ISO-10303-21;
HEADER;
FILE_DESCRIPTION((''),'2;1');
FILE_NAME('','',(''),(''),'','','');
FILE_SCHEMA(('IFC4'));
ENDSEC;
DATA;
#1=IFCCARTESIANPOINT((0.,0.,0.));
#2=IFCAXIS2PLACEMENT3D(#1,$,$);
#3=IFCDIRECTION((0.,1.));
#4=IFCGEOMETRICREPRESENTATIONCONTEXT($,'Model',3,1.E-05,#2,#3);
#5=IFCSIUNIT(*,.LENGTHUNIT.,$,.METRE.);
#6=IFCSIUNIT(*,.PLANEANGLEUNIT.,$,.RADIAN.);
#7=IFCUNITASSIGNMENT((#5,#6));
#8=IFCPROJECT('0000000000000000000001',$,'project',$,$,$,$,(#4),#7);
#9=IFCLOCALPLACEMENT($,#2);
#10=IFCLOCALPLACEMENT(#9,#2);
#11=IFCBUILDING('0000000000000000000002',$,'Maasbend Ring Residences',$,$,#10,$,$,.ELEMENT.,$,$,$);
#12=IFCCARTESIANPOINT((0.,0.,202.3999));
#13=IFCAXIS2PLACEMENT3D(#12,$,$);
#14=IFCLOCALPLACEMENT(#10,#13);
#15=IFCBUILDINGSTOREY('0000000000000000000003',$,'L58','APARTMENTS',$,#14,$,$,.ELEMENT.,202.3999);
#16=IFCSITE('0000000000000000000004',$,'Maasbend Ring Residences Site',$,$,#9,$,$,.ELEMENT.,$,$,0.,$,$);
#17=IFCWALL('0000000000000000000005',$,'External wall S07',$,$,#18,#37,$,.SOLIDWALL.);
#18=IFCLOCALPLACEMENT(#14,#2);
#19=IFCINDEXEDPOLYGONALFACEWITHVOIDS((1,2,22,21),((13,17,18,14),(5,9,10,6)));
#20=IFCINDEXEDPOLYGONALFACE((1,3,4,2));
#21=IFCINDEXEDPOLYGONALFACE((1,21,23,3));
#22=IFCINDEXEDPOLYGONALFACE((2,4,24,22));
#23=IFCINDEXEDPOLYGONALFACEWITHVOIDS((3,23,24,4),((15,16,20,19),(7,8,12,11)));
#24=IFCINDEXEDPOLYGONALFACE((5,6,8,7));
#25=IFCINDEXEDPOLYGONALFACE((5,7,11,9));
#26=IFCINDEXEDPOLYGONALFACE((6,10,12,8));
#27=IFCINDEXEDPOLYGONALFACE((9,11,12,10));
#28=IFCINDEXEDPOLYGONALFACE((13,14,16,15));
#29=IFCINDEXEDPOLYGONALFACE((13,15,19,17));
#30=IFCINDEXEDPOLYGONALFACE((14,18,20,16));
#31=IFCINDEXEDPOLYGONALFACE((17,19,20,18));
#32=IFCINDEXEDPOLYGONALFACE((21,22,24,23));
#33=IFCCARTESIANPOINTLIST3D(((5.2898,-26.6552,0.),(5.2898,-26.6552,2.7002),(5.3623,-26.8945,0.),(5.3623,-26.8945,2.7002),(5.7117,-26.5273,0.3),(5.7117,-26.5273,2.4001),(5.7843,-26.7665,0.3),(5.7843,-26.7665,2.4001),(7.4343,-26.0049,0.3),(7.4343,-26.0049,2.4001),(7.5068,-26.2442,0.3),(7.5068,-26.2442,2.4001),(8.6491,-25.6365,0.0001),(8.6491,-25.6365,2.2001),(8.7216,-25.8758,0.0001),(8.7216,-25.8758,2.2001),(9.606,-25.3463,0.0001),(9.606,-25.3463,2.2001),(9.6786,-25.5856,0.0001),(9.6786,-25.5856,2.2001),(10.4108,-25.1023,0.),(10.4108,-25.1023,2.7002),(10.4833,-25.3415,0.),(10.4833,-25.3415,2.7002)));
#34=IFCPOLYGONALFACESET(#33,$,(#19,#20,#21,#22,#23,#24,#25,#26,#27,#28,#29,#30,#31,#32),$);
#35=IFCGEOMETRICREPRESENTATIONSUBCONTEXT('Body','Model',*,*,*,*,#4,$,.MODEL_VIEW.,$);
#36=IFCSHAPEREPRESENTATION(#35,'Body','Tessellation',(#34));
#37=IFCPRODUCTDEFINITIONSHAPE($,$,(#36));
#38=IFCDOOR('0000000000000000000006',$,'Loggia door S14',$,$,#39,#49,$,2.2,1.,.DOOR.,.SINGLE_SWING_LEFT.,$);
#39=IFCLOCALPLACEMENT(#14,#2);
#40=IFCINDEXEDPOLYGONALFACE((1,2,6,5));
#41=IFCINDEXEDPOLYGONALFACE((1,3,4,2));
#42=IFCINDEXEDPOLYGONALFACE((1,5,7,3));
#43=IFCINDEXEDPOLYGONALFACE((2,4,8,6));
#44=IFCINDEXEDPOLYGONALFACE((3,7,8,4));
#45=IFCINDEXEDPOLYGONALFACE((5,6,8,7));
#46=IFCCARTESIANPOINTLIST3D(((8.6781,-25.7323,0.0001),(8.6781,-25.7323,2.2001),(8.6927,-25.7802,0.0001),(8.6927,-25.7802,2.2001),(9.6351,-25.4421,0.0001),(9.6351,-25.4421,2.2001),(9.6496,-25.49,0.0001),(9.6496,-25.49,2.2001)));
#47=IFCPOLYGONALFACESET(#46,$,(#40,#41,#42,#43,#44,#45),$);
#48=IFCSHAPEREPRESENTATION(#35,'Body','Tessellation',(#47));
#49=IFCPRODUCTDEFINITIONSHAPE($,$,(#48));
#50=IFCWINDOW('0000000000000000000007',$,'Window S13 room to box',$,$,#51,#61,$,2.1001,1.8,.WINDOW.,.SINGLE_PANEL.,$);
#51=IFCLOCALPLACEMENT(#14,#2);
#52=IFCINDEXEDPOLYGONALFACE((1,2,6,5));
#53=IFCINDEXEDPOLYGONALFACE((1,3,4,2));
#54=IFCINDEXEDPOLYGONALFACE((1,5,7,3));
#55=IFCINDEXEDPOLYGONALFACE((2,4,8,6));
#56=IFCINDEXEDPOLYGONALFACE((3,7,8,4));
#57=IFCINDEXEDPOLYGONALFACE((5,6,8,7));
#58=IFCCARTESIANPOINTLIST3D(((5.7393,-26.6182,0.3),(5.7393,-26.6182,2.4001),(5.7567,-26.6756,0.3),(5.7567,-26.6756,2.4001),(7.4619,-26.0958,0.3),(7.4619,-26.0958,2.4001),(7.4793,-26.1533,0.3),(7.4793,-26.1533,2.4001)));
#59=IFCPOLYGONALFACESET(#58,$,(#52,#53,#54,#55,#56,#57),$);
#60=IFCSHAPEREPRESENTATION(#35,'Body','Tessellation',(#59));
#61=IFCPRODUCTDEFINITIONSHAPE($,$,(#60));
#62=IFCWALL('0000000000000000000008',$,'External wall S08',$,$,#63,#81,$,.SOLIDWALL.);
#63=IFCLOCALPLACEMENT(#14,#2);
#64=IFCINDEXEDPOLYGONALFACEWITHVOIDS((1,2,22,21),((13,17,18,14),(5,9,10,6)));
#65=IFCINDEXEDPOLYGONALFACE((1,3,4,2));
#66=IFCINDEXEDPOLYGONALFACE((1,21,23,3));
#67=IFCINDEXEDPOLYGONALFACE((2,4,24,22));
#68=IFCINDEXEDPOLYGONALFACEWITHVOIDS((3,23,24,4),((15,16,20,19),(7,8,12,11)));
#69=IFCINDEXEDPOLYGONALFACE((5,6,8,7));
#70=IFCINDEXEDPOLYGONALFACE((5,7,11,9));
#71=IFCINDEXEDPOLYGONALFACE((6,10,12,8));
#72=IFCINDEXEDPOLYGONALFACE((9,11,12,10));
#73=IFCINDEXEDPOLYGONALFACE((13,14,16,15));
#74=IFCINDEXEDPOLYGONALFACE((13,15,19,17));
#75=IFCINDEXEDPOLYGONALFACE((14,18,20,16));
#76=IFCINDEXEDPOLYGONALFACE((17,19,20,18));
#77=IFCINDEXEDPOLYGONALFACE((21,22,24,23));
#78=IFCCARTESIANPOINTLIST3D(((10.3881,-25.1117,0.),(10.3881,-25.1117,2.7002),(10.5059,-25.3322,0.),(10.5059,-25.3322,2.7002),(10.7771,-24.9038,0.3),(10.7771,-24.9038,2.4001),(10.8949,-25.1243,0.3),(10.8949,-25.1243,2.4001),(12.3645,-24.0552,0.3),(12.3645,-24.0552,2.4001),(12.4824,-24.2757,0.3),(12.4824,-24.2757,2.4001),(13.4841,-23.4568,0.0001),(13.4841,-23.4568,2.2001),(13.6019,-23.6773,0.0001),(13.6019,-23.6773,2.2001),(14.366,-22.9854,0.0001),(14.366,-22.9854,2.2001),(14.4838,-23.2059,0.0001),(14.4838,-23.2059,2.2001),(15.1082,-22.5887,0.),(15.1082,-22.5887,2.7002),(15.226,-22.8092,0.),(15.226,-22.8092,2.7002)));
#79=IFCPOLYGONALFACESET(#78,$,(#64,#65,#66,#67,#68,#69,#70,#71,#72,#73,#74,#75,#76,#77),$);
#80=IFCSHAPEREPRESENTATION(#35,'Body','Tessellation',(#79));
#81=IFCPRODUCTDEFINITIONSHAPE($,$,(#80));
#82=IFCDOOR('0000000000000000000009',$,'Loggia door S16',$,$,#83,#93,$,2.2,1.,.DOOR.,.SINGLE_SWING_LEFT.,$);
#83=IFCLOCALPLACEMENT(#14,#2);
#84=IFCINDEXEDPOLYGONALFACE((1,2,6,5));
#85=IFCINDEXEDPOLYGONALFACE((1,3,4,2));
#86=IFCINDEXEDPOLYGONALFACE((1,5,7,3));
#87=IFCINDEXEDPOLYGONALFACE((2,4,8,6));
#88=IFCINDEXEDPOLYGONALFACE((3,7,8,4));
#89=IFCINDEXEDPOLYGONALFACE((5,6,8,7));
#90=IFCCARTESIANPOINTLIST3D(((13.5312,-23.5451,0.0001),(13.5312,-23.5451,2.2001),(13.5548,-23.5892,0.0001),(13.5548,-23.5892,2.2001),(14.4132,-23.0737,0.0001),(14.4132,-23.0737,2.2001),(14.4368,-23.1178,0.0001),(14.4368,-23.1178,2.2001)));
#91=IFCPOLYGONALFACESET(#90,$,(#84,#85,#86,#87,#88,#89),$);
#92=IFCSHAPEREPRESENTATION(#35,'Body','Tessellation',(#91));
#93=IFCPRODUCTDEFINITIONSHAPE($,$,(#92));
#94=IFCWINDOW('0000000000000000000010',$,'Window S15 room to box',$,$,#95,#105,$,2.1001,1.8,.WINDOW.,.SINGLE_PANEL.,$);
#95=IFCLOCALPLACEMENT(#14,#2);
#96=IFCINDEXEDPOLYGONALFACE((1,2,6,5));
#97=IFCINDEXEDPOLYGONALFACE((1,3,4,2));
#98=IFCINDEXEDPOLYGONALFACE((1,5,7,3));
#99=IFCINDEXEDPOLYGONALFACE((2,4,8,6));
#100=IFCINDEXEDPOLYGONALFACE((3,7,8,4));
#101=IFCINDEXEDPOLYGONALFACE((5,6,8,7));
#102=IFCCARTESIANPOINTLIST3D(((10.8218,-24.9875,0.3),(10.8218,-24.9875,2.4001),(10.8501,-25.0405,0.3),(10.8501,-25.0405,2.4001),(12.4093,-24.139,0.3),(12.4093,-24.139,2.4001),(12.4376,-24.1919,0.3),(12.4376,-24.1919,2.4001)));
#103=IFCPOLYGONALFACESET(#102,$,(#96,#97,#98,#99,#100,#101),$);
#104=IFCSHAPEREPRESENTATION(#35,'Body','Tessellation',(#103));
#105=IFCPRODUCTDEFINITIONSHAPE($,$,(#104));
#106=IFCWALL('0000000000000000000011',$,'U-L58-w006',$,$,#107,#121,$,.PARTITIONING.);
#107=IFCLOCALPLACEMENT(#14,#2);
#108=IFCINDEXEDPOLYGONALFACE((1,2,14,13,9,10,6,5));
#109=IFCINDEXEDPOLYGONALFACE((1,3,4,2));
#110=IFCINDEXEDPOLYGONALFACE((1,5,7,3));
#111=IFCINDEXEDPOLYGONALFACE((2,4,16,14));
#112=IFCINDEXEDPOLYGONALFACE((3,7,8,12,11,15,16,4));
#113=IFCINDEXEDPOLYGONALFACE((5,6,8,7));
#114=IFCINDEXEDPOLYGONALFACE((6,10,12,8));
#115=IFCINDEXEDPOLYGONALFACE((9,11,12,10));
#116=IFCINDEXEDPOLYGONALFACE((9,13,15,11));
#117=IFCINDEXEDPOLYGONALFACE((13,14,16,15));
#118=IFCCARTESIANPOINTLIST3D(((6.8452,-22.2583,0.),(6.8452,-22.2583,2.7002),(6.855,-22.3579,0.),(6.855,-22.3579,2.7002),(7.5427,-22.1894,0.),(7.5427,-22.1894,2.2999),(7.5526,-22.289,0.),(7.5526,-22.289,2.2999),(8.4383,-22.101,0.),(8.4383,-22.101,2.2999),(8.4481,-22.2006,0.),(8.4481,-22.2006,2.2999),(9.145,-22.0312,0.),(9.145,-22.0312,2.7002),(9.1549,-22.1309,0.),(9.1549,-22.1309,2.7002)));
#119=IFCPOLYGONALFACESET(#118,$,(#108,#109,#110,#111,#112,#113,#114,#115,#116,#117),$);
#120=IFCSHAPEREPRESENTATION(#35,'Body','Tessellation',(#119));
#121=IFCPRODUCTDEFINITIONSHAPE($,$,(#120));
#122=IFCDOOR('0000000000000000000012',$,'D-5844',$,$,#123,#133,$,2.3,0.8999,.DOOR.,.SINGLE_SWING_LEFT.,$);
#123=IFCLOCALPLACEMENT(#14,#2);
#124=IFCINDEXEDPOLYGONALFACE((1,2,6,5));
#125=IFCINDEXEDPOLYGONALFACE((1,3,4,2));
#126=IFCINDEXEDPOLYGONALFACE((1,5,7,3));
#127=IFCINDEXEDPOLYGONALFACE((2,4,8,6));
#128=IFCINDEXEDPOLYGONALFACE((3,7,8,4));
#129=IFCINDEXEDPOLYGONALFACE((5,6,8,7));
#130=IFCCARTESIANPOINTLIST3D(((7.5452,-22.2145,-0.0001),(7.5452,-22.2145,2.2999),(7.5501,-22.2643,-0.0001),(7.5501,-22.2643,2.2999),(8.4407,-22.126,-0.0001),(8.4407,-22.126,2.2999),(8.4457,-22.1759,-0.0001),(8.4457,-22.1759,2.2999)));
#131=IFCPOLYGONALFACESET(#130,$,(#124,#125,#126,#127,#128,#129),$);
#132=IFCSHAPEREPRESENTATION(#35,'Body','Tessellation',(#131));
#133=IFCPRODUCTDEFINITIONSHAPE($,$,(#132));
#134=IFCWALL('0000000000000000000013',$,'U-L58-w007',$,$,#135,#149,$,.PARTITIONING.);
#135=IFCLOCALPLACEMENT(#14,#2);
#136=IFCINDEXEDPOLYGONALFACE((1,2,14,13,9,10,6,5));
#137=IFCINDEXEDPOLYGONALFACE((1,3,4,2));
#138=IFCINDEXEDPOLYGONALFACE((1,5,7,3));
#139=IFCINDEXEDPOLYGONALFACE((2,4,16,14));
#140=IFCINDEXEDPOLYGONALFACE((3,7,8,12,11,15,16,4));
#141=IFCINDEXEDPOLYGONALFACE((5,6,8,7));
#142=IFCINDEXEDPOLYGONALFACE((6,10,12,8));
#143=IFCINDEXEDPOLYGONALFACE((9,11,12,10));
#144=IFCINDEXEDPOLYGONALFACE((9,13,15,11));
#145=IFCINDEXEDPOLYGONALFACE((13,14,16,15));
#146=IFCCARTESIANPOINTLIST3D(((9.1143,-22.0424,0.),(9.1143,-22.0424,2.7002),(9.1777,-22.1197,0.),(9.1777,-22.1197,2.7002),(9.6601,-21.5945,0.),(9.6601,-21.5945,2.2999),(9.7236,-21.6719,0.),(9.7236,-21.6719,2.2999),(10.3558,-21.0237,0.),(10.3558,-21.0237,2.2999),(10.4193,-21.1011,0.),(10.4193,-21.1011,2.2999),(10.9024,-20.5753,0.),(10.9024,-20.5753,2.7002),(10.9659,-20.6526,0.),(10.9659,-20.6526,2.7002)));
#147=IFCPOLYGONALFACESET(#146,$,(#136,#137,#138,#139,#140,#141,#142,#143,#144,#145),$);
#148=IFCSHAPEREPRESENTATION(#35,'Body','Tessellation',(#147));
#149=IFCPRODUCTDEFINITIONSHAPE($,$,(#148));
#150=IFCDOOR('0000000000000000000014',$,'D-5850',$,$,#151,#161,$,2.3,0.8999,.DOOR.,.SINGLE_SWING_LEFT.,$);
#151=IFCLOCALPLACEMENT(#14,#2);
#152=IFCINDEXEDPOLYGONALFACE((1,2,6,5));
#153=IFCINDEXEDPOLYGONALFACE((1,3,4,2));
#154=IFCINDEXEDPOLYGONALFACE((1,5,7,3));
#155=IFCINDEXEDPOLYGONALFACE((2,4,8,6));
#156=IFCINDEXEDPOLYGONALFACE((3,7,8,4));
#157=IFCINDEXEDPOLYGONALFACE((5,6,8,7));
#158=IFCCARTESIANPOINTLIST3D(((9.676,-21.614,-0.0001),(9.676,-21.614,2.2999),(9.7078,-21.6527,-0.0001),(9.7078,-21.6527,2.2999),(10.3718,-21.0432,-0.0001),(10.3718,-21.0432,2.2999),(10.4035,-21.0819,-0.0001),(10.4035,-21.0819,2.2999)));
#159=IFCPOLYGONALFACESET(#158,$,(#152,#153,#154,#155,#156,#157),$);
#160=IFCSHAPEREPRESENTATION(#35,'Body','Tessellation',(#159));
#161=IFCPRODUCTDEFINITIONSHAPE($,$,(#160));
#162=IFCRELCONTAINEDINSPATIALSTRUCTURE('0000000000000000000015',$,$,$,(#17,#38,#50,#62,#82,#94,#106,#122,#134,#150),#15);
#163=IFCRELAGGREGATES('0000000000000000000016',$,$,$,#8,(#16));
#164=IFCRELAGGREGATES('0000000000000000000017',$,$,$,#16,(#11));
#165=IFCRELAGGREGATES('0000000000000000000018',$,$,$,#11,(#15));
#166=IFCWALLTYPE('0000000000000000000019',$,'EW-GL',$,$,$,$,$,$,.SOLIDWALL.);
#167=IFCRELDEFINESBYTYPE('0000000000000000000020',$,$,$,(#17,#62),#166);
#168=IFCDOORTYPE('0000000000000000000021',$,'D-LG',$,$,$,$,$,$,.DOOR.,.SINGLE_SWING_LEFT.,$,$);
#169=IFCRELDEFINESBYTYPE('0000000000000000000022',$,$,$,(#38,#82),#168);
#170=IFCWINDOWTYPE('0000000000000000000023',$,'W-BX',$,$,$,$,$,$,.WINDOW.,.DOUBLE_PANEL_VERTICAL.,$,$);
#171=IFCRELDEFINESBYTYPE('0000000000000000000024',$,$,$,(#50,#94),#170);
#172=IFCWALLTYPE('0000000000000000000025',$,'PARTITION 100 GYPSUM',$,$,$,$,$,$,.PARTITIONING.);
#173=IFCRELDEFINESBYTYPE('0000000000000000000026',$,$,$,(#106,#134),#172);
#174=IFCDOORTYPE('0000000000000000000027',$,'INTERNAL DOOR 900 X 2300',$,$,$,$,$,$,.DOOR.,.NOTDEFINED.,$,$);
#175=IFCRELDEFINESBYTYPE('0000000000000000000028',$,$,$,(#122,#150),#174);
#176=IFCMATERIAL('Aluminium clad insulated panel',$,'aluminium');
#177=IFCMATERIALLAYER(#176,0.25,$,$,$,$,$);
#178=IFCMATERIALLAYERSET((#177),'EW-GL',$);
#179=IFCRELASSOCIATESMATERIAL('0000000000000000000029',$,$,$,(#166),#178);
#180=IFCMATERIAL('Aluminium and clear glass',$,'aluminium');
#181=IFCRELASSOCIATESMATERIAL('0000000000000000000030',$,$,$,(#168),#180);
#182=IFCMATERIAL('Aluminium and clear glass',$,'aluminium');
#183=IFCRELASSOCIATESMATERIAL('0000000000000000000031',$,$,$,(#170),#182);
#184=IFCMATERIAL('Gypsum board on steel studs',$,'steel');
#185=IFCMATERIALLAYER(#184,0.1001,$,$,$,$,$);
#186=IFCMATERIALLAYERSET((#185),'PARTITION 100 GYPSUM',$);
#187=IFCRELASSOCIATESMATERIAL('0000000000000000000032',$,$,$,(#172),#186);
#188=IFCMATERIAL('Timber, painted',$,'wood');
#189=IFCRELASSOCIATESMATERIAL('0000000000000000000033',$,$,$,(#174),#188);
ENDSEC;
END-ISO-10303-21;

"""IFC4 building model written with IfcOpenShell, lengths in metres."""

from ifc_helpers import new_model, si_unit, direction, frame, frame_2d, origin, place, context, subcontext, project, spatial, rectangle, extrude, material, layer, layer_set, type_object, element, fill, save


model = new_model("IFC4")

# Units and contexts
model_context = context("Model", 3, precision=1e-05, world=origin(), true_north=direction((0.0, 1.0)))
body_context = subcontext(model_context, "Body", "Model", "MODEL_VIEW")
ifc_project = project(units=[si_unit("LENGTHUNIT", "METRE"), si_unit("PLANEANGLEUNIT", "RADIAN")], contexts=[model_context])

# Site, building, storey
site_placement = place(None, origin())
site = spatial("IfcSite", under=ifc_project, at=site_placement, Name="Maasbend Ring Residences Site", CompositionType="ELEMENT", RefElevation=0.0)
building_placement = place(site_placement, origin())
building = spatial("IfcBuilding", under=site, at=building_placement, Name="Maasbend Ring Residences", CompositionType="ELEMENT")
storey_placement = place(building_placement, frame((0.0, 0.0, 202.3999)))
storey = spatial("IfcBuildingStorey", under=building, at=storey_placement, Name="L58", Description="APARTMENTS", CompositionType="ELEMENT", Elevation=202.3999)

# Walls, openings, doors, windows
ifc_material_1 = material(Name="Aluminium clad insulated panel", Category="aluminium")
ifc_layer_1 = layer(ifc_material_1, 0.25)
ifc_layer_set_1 = layer_set([ifc_layer_1], Name="EW-GL")
wall_type_1 = type_object("IfcWallType", Name="EW-GL", PredefinedType="SOLIDWALL", material=ifc_layer_set_1)
wall_1_placement = place(storey_placement, frame((5.3259, -26.7749, 0.0), z_axis=(0.0, 0.0, 1.0), x_axis=(0.956966, 0.290201, 0.0)))
wall_1 = element("IfcWall", 1, at=wall_1_placement, inside=storey, type_object=wall_type_1, Name="External wall S07", PredefinedType="SOLIDWALL", context=body_context, shape_type="SweptSolid", body=[
    extrude(rectangle(XDim=5.3513, YDim=0.25, at=frame_2d((2.6758, 0.0))), origin(), (0.0, 0.0, 1.0), 2.7002),
])
opening_1_placement = place(wall_1_placement, frame((0.4412, 0.0, 0.3)))
opening_1 = element("IfcOpeningElement", 2, at=opening_1_placement, cuts=wall_1, PredefinedType="OPENING", context=body_context, shape_type="SweptSolid", body=[
    extrude(rectangle(XDim=1.8, YDim=2.1001, at=frame_2d((0.8999, 1.05))), frame((0.0, 0.135, 0.0), z_axis=(0.0, -1.0, 0.0), x_axis=(1.0, 0.0, 0.0)), (0.0, 0.0, 1.0), 0.27),
])
opening_2_placement = place(wall_1_placement, frame((3.5105, 0.0, 0.0)))
opening_2 = element("IfcOpeningElement", 3, at=opening_2_placement, cuts=wall_1, PredefinedType="OPENING", context=body_context, shape_type="SweptSolid", body=[
    extrude(rectangle(XDim=1.0, YDim=2.2, at=frame_2d((0.5, 1.1001))), frame((0.0, 0.135, 0.0), z_axis=(0.0, -1.0, 0.0), x_axis=(1.0, 0.0, 0.0)), (0.0, 0.0, 1.0), 0.27),
])
ifc_material_2 = material(Name="Aluminium and clear glass", Category="aluminium")
door_type_1 = type_object("IfcDoorType", Name="D-LG", OperationType="SINGLE_SWING_LEFT", PredefinedType="DOOR", material=ifc_material_2)
door_1_placement = place(opening_2_placement, origin())
door_1 = element("IfcDoor", 4, at=door_1_placement, inside=storey, type_object=door_type_1, Name="Loggia door S14", OperationType="SINGLE_SWING_LEFT", OverallHeight=2.2, OverallWidth=1.0, PredefinedType="DOOR", context=body_context, shape_type="SweptSolid", body=[
    extrude(rectangle(XDim=1.0, YDim=2.2, at=frame_2d((0.5, 1.1001))), frame((0.0, 0.0249, 0.0), z_axis=(0.0, -1.0, 0.0), x_axis=(1.0, 0.0, 0.0)), (0.0, 0.0, 1.0), 0.05),
])
fill(opening_2, door_1)
ifc_material_3 = material(Name="Aluminium and clear glass", Category="aluminium")
window_type_1 = type_object("IfcWindowType", Name="W-BX", PartitioningType="DOUBLE_PANEL_VERTICAL", PredefinedType="WINDOW", material=ifc_material_3)
window_1_placement = place(opening_1_placement, origin())
window_1 = element("IfcWindow", 5, at=window_1_placement, inside=storey, type_object=window_type_1, Name="Window S13 room to box", OverallHeight=2.1001, OverallWidth=1.8, PartitioningType="SINGLE_PANEL", PredefinedType="WINDOW", context=body_context, shape_type="SweptSolid", body=[
    extrude(rectangle(XDim=1.8, YDim=2.1001, at=frame_2d((0.8999, 1.05))), frame((0.0, 0.03, 0.0), z_axis=(0.0, -1.0, 0.0), x_axis=(1.0, 0.0, 0.0)), (0.0, 0.0, 1.0), 0.0601),
])
fill(opening_1, window_1)
wall_2_placement = place(storey_placement, frame((10.447, -25.2219, 0.0), z_axis=(0.0, 0.0, 1.0), x_axis=(0.881916, 0.471407, 0.0)))
wall_2 = element("IfcWall", 6, at=wall_2_placement, inside=storey, type_object=wall_type_1, Name="External wall S08", PredefinedType="SOLIDWALL", context=body_context, shape_type="SweptSolid", body=[
    extrude(rectangle(XDim=5.3521, YDim=0.25, at=frame_2d((2.676, 0.0))), origin(), (0.0, 0.0, 1.0), 2.7002),
])
opening_3_placement = place(wall_2_placement, frame((0.4412, 0.0, 0.3)))
opening_3 = element("IfcOpeningElement", 7, at=opening_3_placement, cuts=wall_2, PredefinedType="OPENING", context=body_context, shape_type="SweptSolid", body=[
    extrude(rectangle(XDim=1.8, YDim=2.1001, at=frame_2d((0.8999, 1.05))), frame((0.0, 0.135, 0.0), z_axis=(0.0, -1.0, 0.0), x_axis=(1.0, 0.0, 0.0)), (0.0, 0.0, 1.0), 0.27),
])
opening_4_placement = place(wall_2_placement, frame((3.5105, 0.0, 0.0)))
opening_4 = element("IfcOpeningElement", 8, at=opening_4_placement, cuts=wall_2, PredefinedType="OPENING", context=body_context, shape_type="SweptSolid", body=[
    extrude(rectangle(XDim=1.0, YDim=2.2, at=frame_2d((0.5, 1.1001))), frame((0.0, 0.135, 0.0), z_axis=(0.0, -1.0, 0.0), x_axis=(1.0, 0.0, 0.0)), (0.0, 0.0, 1.0), 0.27),
])
door_2_placement = place(opening_4_placement, origin())
door_2 = element("IfcDoor", 9, at=door_2_placement, inside=storey, type_object=door_type_1, Name="Loggia door S16", OperationType="SINGLE_SWING_LEFT", OverallHeight=2.2, OverallWidth=1.0, PredefinedType="DOOR", context=body_context, shape_type="SweptSolid", body=[
    extrude(rectangle(XDim=1.0, YDim=2.2, at=frame_2d((0.5, 1.1001))), frame((0.0, 0.0249, 0.0), z_axis=(0.0, -1.0, 0.0), x_axis=(1.0, 0.0, 0.0)), (0.0, 0.0, 1.0), 0.05),
])
fill(opening_4, door_2)
window_2_placement = place(opening_3_placement, origin())
window_2 = element("IfcWindow", 10, at=window_2_placement, inside=storey, type_object=window_type_1, Name="Window S15 room to box", OverallHeight=2.1001, OverallWidth=1.8, PartitioningType="SINGLE_PANEL", PredefinedType="WINDOW", context=body_context, shape_type="SweptSolid", body=[
    extrude(rectangle(XDim=1.8, YDim=2.1001, at=frame_2d((0.8999, 1.05))), frame((0.0, 0.03, 0.0), z_axis=(0.0, -1.0, 0.0), x_axis=(1.0, 0.0, 0.0)), (0.0, 0.0, 1.0), 0.0601),
])
fill(opening_3, window_2)

# Walls, openings, doors
ifc_material_4 = material(Name="Gypsum board on steel studs", Category="steel")
ifc_layer_2 = layer(ifc_material_4, 0.1001)
ifc_layer_set_2 = layer_set([ifc_layer_2], Name="PARTITION 100 GYPSUM")
wall_type_2 = type_object("IfcWallType", Name="PARTITION 100 GYPSUM", PredefinedType="PARTITIONING", material=ifc_layer_set_2)
wall_3_placement = place(storey_placement, frame((6.8501, -22.3081, 0.0), z_axis=(0.0, 0.0, 1.0), x_axis=(0.995162, 0.098248, 0.0)))
wall_3 = element("IfcWall", 11, at=wall_3_placement, inside=storey, type_object=wall_type_2, Name="U-L58-w006", PredefinedType="PARTITIONING", context=body_context, shape_type="SweptSolid", body=[
    extrude(rectangle(XDim=2.311, YDim=0.1001, at=frame_2d((1.1555, 0.0))), origin(), (0.0, 0.0, 1.0), 2.7002),
])
opening_5_placement = place(wall_3_placement, frame((0.7009, 0.0, 0.0)))
opening_5 = element("IfcOpeningElement", 12, at=opening_5_placement, cuts=wall_3, PredefinedType="OPENING", context=body_context, shape_type="SweptSolid", body=[
    extrude(rectangle(XDim=0.8999, YDim=2.3, at=frame_2d((0.45, 1.1499))), frame((0.0, 0.0601, 0.0), z_axis=(0.0, -1.0, 0.0), x_axis=(1.0, 0.0, 0.0)), (0.0, 0.0, 1.0), 0.1201),
])
ifc_material_5 = material(Name="Timber, painted", Category="wood")
door_type_2 = type_object("IfcDoorType", Name="INTERNAL DOOR 900 X 2300", OperationType="NOTDEFINED", PredefinedType="DOOR", material=ifc_material_5)
door_3_placement = place(opening_5_placement, origin())
door_3 = element("IfcDoor", 13, at=door_3_placement, inside=storey, type_object=door_type_2, Name="D-5844", OperationType="SINGLE_SWING_LEFT", OverallHeight=2.3, OverallWidth=0.8999, PredefinedType="DOOR", context=body_context, shape_type="SweptSolid", body=[
    extrude(rectangle(XDim=0.8999, YDim=2.3, at=frame_2d((0.45, 1.1499))), frame((0.0, 0.0249, 0.0), z_axis=(0.0, -1.0, 0.0), x_axis=(1.0, 0.0, 0.0)), (0.0, 0.0, 1.0), 0.05),
])
fill(opening_5, door_3)
wall_4_placement = place(storey_placement, frame((9.146, -22.0811, 0.0), z_axis=(0.0, 0.0, 1.0), x_axis=(0.773096, 0.634289, 0.0)))
wall_4 = element("IfcWall", 14, at=wall_4_placement, inside=storey, type_object=wall_type_2, Name="U-L58-w007", PredefinedType="PARTITIONING", context=body_context, shape_type="SweptSolid", body=[
    extrude(rectangle(XDim=2.313, YDim=0.1001, at=frame_2d((1.1565, 0.0))), origin(), (0.0, 0.0, 1.0), 2.7002),
])
opening_6_placement = place(wall_4_placement, frame((0.7061, 0.0, 0.0)))
opening_6 = element("IfcOpeningElement", 15, at=opening_6_placement, cuts=wall_4, PredefinedType="OPENING", context=body_context, shape_type="SweptSolid", body=[
    extrude(rectangle(XDim=0.8999, YDim=2.3, at=frame_2d((0.45, 1.1499))), frame((0.0, 0.0601, 0.0), z_axis=(0.0, -1.0, 0.0), x_axis=(1.0, 0.0, 0.0)), (0.0, 0.0, 1.0), 0.1201),
])
door_4_placement = place(opening_6_placement, origin())
door_4 = element("IfcDoor", 16, at=door_4_placement, inside=storey, type_object=door_type_2, Name="D-5850", OperationType="SINGLE_SWING_LEFT", OverallHeight=2.3, OverallWidth=0.8999, PredefinedType="DOOR", context=body_context, shape_type="SweptSolid", body=[
    extrude(rectangle(XDim=0.8999, YDim=2.3, at=frame_2d((0.45, 1.1499))), frame((0.0, 0.0249, 0.0), z_axis=(0.0, -1.0, 0.0), x_axis=(1.0, 0.0, 0.0)), (0.0, 0.0, 1.0), 0.05),
])
fill(opening_6, door_4)

save(model, "model.ifc")
